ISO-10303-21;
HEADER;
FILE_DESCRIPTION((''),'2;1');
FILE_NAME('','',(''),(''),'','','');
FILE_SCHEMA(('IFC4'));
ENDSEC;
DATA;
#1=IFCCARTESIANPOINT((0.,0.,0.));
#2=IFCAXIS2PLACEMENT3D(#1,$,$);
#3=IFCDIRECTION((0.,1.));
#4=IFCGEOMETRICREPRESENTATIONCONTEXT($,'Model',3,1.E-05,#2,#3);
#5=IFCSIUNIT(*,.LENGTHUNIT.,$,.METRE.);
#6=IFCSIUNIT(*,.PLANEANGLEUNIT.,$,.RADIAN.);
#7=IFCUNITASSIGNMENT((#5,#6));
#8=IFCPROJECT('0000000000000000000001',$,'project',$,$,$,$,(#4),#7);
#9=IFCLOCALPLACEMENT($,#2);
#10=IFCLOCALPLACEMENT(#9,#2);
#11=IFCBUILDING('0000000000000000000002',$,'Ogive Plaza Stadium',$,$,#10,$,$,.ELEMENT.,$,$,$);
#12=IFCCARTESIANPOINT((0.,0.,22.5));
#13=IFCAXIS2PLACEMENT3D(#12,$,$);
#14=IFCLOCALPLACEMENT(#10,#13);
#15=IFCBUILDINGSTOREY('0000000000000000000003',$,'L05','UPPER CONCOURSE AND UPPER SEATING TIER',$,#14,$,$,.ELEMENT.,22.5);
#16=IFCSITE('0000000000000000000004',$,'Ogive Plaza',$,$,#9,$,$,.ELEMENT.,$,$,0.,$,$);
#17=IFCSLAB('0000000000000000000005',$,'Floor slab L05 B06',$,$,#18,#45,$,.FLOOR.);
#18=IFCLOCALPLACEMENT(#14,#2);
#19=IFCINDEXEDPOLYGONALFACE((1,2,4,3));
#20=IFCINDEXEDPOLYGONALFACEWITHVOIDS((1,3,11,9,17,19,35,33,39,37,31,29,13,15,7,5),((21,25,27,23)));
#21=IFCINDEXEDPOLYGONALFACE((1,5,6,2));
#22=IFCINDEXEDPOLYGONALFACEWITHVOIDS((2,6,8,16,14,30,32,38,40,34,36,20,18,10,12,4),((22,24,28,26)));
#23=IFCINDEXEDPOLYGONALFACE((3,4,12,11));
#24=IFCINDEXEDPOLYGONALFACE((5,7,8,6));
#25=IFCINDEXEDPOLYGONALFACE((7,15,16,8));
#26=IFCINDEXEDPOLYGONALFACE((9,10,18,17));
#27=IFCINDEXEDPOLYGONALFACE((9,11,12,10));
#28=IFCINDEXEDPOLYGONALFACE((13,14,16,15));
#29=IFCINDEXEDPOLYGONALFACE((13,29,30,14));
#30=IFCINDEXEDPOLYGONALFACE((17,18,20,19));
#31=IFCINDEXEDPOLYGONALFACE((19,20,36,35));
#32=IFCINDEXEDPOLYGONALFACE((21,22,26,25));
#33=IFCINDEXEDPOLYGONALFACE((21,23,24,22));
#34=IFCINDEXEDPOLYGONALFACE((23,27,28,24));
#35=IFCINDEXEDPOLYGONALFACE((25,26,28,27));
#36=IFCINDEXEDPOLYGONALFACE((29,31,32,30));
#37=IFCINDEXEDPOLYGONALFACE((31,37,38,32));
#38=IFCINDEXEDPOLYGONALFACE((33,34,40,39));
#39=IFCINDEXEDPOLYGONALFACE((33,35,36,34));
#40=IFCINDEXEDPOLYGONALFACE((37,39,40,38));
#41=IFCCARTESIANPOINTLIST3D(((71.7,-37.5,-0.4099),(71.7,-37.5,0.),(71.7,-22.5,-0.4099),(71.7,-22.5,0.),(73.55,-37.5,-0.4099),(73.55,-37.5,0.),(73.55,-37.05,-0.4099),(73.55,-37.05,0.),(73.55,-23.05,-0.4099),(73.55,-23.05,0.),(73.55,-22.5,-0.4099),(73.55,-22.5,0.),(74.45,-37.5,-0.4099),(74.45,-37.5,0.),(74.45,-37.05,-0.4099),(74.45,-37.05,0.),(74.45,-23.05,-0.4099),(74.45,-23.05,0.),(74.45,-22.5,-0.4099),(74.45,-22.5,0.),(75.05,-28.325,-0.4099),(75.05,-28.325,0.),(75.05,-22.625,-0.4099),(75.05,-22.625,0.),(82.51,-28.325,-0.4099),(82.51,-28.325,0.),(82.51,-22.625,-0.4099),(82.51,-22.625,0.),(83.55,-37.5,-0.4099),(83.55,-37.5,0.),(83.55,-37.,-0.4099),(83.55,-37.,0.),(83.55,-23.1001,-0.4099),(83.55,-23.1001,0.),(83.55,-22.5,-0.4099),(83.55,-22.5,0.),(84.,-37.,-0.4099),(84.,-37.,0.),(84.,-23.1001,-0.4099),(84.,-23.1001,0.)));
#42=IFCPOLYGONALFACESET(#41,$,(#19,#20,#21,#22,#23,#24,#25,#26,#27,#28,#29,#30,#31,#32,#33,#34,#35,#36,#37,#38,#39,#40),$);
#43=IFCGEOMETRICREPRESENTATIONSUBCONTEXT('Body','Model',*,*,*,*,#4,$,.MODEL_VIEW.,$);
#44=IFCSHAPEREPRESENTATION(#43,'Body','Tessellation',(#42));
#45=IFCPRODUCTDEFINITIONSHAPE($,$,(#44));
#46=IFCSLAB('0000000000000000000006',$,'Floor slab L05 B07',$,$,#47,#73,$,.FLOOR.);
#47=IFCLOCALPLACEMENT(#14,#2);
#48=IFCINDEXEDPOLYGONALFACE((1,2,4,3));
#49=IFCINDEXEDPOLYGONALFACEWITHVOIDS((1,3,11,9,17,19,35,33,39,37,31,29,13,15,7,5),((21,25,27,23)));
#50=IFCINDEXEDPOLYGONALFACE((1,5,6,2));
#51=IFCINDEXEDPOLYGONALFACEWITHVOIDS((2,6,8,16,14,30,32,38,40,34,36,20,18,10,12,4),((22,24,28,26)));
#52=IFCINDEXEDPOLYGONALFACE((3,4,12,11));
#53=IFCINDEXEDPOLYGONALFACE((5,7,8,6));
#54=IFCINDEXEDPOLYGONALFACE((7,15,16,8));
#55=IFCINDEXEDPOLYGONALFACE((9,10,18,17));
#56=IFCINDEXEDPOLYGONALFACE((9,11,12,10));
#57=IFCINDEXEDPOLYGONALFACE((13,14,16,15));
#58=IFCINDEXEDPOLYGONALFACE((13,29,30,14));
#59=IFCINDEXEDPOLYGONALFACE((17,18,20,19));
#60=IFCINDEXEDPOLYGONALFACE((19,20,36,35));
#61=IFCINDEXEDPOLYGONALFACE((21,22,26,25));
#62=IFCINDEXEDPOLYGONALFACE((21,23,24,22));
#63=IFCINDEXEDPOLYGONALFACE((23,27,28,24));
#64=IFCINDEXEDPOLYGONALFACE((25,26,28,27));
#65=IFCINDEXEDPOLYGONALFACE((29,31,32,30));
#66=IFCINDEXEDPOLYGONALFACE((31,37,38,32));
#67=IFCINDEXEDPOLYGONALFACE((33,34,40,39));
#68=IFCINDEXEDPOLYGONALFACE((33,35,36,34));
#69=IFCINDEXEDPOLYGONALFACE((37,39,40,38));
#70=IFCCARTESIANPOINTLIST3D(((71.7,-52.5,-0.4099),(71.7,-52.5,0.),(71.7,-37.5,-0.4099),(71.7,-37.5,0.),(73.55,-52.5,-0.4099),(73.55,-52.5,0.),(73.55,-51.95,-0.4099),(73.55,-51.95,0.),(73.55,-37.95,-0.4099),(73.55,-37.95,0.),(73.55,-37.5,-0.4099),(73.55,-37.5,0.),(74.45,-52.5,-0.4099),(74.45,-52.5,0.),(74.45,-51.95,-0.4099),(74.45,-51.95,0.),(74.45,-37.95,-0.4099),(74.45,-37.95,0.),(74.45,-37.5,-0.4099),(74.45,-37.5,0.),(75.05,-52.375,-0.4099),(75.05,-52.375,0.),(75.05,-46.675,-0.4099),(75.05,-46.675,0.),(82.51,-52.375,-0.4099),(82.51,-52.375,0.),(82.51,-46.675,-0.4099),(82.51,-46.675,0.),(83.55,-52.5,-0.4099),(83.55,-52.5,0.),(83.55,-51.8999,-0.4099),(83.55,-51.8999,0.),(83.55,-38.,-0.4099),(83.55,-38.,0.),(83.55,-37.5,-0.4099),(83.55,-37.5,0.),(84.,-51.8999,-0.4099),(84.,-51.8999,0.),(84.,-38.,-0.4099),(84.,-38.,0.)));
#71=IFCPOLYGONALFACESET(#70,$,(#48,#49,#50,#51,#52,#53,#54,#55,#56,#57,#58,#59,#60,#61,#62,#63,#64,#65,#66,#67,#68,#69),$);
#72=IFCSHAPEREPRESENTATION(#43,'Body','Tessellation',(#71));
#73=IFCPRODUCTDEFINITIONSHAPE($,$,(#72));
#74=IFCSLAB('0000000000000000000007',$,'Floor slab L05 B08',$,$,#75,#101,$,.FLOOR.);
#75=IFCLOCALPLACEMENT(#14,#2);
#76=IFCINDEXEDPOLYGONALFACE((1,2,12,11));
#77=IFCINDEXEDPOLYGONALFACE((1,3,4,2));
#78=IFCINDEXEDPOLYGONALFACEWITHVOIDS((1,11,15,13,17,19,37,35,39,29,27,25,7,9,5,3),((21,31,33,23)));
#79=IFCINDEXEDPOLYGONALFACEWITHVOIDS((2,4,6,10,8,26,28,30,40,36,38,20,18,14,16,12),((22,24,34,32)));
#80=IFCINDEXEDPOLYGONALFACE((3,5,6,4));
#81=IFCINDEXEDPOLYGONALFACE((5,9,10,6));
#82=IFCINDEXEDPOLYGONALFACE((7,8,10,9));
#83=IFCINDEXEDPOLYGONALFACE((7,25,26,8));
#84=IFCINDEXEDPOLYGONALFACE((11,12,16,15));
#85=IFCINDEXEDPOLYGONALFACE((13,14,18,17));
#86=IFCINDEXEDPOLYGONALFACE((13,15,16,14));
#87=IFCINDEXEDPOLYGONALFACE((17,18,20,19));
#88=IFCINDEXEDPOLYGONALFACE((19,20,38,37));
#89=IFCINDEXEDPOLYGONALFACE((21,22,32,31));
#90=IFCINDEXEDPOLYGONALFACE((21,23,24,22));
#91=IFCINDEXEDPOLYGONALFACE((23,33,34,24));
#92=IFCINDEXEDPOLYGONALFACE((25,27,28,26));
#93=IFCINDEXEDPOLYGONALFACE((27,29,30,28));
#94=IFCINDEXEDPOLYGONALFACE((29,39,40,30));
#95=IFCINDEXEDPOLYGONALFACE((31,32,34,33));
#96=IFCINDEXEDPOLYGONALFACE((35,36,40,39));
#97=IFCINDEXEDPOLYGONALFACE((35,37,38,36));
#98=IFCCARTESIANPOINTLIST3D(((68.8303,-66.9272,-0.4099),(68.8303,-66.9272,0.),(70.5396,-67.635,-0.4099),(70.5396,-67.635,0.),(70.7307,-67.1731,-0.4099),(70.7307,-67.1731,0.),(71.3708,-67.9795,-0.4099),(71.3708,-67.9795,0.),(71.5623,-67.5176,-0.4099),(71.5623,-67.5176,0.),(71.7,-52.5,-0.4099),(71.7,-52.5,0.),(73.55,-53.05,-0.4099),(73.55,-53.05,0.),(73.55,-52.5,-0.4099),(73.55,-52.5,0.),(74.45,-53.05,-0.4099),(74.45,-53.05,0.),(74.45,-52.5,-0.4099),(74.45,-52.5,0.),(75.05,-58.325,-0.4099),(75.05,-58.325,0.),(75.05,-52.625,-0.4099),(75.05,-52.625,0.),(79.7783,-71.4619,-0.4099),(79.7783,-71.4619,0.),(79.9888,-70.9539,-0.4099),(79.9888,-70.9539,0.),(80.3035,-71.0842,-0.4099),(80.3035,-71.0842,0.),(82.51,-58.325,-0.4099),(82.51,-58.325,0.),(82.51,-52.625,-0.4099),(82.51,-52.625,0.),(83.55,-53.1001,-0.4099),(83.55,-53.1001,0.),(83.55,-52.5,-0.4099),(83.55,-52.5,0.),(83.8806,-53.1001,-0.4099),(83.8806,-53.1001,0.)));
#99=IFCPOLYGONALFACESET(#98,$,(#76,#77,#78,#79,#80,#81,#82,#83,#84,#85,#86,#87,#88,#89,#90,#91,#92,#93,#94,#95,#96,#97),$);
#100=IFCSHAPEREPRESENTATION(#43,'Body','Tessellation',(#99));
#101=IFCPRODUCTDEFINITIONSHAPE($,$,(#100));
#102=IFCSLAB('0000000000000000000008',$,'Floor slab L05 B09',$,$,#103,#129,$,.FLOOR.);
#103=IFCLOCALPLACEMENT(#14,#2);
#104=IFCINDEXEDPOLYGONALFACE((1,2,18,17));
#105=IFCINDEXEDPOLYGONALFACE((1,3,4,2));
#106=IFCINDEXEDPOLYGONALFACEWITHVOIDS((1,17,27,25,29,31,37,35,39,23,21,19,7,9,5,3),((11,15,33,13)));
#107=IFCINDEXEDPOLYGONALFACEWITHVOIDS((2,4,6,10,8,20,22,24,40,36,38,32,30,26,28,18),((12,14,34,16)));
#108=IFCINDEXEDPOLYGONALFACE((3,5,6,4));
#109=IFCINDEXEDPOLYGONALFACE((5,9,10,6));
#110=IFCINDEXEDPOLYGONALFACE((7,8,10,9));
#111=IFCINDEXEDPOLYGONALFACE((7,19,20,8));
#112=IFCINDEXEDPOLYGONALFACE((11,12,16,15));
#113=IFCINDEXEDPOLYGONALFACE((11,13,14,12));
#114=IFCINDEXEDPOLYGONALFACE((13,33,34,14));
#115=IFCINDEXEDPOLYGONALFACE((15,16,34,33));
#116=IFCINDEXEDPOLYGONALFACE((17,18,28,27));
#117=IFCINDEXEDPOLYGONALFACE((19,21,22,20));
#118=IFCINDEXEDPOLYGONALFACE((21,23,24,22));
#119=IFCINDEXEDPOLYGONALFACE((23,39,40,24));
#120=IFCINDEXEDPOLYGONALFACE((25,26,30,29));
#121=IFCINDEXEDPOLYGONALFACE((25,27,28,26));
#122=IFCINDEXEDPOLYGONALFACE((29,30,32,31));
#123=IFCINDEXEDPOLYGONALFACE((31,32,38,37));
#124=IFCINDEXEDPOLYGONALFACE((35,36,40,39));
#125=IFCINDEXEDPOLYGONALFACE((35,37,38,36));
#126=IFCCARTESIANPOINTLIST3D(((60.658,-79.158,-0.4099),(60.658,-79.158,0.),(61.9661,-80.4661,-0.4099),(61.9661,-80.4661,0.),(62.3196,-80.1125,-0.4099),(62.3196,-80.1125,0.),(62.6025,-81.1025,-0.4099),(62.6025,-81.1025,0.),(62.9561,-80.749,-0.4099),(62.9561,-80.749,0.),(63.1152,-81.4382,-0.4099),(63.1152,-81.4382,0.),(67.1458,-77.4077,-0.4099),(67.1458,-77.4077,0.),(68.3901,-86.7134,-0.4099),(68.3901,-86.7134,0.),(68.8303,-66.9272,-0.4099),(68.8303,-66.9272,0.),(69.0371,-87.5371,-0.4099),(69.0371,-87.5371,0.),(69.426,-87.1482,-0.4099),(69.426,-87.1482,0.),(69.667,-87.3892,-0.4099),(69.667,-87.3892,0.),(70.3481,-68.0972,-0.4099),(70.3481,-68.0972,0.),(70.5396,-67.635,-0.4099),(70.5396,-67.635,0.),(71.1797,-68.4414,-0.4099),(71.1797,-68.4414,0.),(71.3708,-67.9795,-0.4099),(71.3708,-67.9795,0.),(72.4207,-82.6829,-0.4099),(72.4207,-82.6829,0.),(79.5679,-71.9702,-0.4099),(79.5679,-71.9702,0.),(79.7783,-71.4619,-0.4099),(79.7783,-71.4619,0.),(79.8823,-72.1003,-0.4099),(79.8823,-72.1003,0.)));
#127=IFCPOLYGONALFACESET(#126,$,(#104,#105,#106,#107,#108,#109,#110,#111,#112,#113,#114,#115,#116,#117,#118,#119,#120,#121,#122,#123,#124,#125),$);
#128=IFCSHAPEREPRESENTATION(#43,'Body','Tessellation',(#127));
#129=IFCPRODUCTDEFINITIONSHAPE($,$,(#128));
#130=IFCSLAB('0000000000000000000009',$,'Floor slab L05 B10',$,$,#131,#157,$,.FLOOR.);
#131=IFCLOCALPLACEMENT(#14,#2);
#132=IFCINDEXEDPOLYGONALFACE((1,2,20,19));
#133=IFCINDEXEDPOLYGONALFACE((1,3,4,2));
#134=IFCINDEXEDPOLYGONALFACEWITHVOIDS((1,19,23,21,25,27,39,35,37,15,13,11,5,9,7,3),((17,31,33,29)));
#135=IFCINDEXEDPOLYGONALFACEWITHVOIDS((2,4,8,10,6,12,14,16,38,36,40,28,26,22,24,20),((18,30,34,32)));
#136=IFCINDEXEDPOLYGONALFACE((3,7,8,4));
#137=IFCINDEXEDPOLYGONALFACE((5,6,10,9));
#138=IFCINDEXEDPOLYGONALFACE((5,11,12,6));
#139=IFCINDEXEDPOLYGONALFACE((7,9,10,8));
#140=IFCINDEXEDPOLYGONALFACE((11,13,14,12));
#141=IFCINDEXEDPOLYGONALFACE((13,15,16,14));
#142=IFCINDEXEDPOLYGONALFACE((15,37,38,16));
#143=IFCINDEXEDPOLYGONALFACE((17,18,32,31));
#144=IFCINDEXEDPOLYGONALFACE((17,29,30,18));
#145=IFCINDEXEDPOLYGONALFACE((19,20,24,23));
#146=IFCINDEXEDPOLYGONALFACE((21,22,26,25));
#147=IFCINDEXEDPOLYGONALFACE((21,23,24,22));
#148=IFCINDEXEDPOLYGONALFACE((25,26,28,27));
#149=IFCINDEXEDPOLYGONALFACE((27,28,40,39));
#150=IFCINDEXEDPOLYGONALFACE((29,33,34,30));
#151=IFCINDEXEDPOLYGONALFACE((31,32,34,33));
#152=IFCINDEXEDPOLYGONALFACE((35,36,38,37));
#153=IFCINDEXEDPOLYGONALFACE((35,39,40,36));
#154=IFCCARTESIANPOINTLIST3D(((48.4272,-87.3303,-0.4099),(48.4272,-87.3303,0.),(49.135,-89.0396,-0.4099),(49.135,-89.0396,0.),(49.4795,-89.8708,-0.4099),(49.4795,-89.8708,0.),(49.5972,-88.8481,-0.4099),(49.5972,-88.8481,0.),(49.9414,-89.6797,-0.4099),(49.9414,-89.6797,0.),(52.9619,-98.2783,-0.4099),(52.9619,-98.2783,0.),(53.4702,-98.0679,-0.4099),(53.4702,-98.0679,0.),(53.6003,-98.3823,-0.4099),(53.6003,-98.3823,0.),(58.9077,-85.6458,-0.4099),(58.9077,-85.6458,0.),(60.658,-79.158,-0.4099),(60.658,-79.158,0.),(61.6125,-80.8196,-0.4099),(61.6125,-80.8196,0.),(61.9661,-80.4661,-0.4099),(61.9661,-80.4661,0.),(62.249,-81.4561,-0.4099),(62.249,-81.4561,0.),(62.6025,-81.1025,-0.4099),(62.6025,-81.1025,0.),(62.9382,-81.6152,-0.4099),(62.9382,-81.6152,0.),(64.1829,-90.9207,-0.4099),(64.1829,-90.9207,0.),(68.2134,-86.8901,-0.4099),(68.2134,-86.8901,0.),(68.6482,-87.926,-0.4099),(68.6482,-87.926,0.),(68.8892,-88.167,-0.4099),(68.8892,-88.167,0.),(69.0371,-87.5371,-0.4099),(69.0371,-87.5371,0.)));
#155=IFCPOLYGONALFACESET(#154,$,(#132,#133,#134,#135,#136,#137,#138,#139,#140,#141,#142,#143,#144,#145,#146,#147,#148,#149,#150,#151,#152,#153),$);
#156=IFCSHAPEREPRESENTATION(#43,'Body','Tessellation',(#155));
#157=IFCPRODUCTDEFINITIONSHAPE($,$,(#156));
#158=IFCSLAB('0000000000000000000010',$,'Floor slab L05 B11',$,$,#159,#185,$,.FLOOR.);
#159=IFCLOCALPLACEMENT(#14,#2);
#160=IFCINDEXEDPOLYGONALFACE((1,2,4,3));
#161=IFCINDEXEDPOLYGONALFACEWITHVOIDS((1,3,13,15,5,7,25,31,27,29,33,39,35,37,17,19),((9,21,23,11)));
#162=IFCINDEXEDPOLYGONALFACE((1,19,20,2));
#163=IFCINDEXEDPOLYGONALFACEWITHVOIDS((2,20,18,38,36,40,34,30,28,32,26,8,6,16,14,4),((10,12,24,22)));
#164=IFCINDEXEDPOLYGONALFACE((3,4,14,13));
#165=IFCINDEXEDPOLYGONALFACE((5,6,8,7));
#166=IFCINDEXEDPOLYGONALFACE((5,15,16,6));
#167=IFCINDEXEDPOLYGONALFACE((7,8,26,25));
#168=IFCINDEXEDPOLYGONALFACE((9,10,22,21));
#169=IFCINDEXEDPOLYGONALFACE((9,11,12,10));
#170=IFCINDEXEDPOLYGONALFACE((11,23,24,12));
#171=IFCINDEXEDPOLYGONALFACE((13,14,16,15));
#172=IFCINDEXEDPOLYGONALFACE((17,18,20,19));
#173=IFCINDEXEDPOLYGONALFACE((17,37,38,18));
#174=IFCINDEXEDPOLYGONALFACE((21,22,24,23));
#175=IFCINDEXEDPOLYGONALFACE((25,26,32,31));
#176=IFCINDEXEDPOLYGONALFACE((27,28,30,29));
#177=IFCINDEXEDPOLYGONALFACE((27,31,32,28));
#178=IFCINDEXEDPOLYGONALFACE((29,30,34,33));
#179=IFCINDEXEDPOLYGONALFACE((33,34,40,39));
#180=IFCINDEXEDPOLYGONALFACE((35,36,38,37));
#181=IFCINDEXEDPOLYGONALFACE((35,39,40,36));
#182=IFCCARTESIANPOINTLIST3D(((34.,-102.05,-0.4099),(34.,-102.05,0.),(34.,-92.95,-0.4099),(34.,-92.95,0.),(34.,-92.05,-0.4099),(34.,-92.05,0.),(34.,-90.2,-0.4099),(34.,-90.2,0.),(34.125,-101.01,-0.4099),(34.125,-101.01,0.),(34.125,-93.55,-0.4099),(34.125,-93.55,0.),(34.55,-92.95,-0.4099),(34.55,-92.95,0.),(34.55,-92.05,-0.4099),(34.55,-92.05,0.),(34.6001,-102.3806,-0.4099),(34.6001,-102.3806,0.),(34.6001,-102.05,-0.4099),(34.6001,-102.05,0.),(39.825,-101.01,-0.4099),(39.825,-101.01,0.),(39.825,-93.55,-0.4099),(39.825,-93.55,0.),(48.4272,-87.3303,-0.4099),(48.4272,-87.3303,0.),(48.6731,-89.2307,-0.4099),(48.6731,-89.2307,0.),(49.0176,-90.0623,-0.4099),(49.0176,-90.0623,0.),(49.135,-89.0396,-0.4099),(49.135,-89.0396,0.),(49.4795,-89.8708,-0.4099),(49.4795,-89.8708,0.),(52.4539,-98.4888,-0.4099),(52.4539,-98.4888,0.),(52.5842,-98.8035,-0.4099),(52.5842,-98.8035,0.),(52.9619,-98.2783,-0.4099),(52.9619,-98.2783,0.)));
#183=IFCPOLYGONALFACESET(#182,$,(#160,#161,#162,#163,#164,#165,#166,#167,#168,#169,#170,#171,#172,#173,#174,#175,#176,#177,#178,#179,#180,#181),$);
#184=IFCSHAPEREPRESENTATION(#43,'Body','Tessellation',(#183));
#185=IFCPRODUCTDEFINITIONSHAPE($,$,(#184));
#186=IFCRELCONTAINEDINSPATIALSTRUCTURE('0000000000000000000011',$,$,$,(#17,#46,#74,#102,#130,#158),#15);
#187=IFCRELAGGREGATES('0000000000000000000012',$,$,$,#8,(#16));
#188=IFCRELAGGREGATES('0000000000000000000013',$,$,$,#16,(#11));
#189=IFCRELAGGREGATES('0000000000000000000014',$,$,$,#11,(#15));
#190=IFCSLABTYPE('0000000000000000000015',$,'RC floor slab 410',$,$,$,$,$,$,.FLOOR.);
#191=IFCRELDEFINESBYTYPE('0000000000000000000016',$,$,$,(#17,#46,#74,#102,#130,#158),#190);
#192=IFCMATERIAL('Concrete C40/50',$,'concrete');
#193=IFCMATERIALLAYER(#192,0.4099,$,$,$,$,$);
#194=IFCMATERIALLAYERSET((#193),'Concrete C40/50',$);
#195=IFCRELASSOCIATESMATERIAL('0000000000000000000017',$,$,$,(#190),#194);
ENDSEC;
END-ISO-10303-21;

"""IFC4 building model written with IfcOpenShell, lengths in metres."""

from ifc_helpers import new_model, si_unit, direction, frame, origin, place, context, subcontext, project, spatial, polyline, outline, extrude, material, layer, layer_set, type_object, element, save


model = new_model("IFC4")

# Units and contexts
model_context = context("Model", 3, precision=1e-05, world=origin(), true_north=direction((0.0, 1.0)))
body_context = subcontext(model_context, "Body", "Model", "MODEL_VIEW")
ifc_project = project(units=[si_unit("LENGTHUNIT", "METRE"), si_unit("PLANEANGLEUNIT", "RADIAN")], contexts=[model_context])

# Site, building, storey
site_placement = place(None, origin())
site = spatial("IfcSite", under=ifc_project, at=site_placement, Name="Ogive Plaza", CompositionType="ELEMENT", RefElevation=0.0)
building_placement = place(site_placement, origin())
building = spatial("IfcBuilding", under=site, at=building_placement, Name="Ogive Plaza Stadium", CompositionType="ELEMENT")
storey_placement = place(building_placement, frame((0.0, 0.0, 22.5)))
storey = spatial("IfcBuildingStorey", under=building, at=storey_placement, Name="L05", Description="UPPER CONCOURSE AND UPPER SEATING TIER", CompositionType="ELEMENT", Elevation=22.5)

# Slabs
ifc_material_1 = material(Name="Concrete C40/50", Category="concrete")
ifc_layer_1 = layer(ifc_material_1, 0.4099)
ifc_layer_set_1 = layer_set([ifc_layer_1], Name="Concrete C40/50")
slab_type = type_object("IfcSlabType", Name="RC floor slab 410", PredefinedType="FLOOR", material=ifc_layer_set_1)
slab_1_placement = place(storey_placement, frame((0.0, 0.0, -0.4099)))
element("IfcSlab", 1, at=slab_1_placement, inside=storey, type_object=slab_type, Name="Floor slab L05 B06", PredefinedType="FLOOR", context=body_context, shape_type="SweptSolid", body=[
    extrude(outline(polyline([(73.55, -37.5), (73.55, -37.05), (74.45, -37.05), (74.45, -37.5), (83.55, -37.5), (83.55, -37.0), (84.0, -37.0), (84.0, -23.1001), (83.55, -23.1001), (83.55, -22.5), (74.45, -22.5), (74.45, -23.05), (73.55, -23.05), (73.55, -22.5), (71.7, -22.5), (71.7, -37.5), (73.55, -37.5)]), holes=[polyline([(75.05, -22.625), (75.05, -28.325), (82.51, -28.325), (82.51, -22.625), (75.05, -22.625)])]), origin(), (0.0, 0.0, 1.0), 0.4099),
])
slab_2_placement = place(storey_placement, frame((0.0, 0.0, -0.4099)))
element("IfcSlab", 2, at=slab_2_placement, inside=storey, type_object=slab_type, Name="Floor slab L05 B07", PredefinedType="FLOOR", context=body_context, shape_type="SweptSolid", body=[
    extrude(outline(polyline([(73.55, -52.5), (73.55, -51.95), (74.45, -51.95), (74.45, -52.5), (83.55, -52.5), (83.55, -51.8999), (84.0, -51.8999), (84.0, -38.0), (83.55, -38.0), (83.55, -37.5), (74.45, -37.5), (74.45, -37.95), (73.55, -37.95), (73.55, -37.5), (71.7, -37.5), (71.7, -52.5), (73.55, -52.5)]), holes=[polyline([(75.05, -46.675), (75.05, -52.375), (82.51, -52.375), (82.51, -46.675), (75.05, -46.675)])]), origin(), (0.0, 0.0, 1.0), 0.4099),
])
slab_3_placement = place(storey_placement, frame((0.0, 0.0, -0.4099)))
element("IfcSlab", 3, at=slab_3_placement, inside=storey, type_object=slab_type, Name="Floor slab L05 B08", PredefinedType="FLOOR", context=body_context, shape_type="SweptSolid", body=[
    extrude(outline(polyline([(70.5396, -67.635), (70.7307, -67.1731), (71.5623, -67.5176), (71.3708, -67.9795), (79.7783, -71.4619), (79.9888, -70.9539), (80.3035, -71.0842), (83.8806, -53.1001), (83.55, -53.1001), (83.55, -52.5), (74.45, -52.5), (74.45, -53.05), (73.55, -53.05), (73.55, -52.5), (71.7, -52.5), (68.8303, -66.9272), (70.5396, -67.635)]), holes=[polyline([(75.05, -58.325), (82.51, -58.325), (82.51, -52.625), (75.05, -52.625), (75.05, -58.325)])]), origin(), (0.0, 0.0, 1.0), 0.4099),
])
slab_4_placement = place(storey_placement, frame((0.0, 0.0, -0.4099)))
element("IfcSlab", 4, at=slab_4_placement, inside=storey, type_object=slab_type, Name="Floor slab L05 B09", PredefinedType="FLOOR", context=body_context, shape_type="SweptSolid", body=[
    extrude(outline(polyline([(61.9661, -80.4661), (62.3196, -80.1125), (62.9561, -80.749), (62.6025, -81.1025), (69.0371, -87.5371), (69.426, -87.1482), (69.667, -87.3892), (79.8823, -72.1003), (79.5679, -71.9702), (79.7783, -71.4619), (71.3708, -67.9795), (71.1797, -68.4414), (70.3481, -68.0972), (70.5396, -67.635), (68.8303, -66.9272), (60.658, -79.158), (61.9661, -80.4661)]), holes=[polyline([(67.1458, -77.4077), (63.1152, -81.4382), (68.3901, -86.7134), (72.4207, -82.6829), (67.1458, -77.4077)])]), origin(), (0.0, 0.0, 1.0), 0.4099),
])
slab_5_placement = place(storey_placement, frame((0.0, 0.0, -0.4099)))
element("IfcSlab", 5, at=slab_5_placement, inside=storey, type_object=slab_type, Name="Floor slab L05 B10", PredefinedType="FLOOR", context=body_context, shape_type="SweptSolid", body=[
    extrude(outline(polyline([(49.135, -89.0396), (49.5972, -88.8481), (49.9414, -89.6797), (49.4795, -89.8708), (52.9619, -98.2783), (53.4702, -98.0679), (53.6003, -98.3823), (68.8892, -88.167), (68.6482, -87.926), (69.0371, -87.5371), (62.6025, -81.1025), (62.249, -81.4561), (61.6125, -80.8196), (61.9661, -80.4661), (60.658, -79.158), (48.4272, -87.3303), (49.135, -89.0396)]), holes=[polyline([(62.9382, -81.6152), (58.9077, -85.6458), (64.1829, -90.9207), (68.2134, -86.8901), (62.9382, -81.6152)])]), origin(), (0.0, 0.0, 1.0), 0.4099),
])
slab_6_placement = place(storey_placement, frame((0.0, 0.0, -0.4099)))
element("IfcSlab", 6, at=slab_6_placement, inside=storey, type_object=slab_type, Name="Floor slab L05 B11", PredefinedType="FLOOR", context=body_context, shape_type="SweptSolid", body=[
    extrude(outline(polyline([(34.0, -92.05), (34.55, -92.05), (34.55, -92.95), (34.0, -92.95), (34.0, -102.05), (34.6001, -102.05), (34.6001, -102.3806), (52.5842, -98.8035), (52.4539, -98.4888), (52.9619, -98.2783), (49.4795, -89.8708), (49.0176, -90.0623), (48.6731, -89.2307), (49.135, -89.0396), (48.4272, -87.3303), (34.0, -90.2), (34.0, -92.05)]), holes=[polyline([(39.825, -93.55), (34.125, -93.55), (34.125, -101.01), (39.825, -101.01), (39.825, -93.55)])]), origin(), (0.0, 0.0, 1.0), 0.4099),
])

save(model, "model.ifc")
